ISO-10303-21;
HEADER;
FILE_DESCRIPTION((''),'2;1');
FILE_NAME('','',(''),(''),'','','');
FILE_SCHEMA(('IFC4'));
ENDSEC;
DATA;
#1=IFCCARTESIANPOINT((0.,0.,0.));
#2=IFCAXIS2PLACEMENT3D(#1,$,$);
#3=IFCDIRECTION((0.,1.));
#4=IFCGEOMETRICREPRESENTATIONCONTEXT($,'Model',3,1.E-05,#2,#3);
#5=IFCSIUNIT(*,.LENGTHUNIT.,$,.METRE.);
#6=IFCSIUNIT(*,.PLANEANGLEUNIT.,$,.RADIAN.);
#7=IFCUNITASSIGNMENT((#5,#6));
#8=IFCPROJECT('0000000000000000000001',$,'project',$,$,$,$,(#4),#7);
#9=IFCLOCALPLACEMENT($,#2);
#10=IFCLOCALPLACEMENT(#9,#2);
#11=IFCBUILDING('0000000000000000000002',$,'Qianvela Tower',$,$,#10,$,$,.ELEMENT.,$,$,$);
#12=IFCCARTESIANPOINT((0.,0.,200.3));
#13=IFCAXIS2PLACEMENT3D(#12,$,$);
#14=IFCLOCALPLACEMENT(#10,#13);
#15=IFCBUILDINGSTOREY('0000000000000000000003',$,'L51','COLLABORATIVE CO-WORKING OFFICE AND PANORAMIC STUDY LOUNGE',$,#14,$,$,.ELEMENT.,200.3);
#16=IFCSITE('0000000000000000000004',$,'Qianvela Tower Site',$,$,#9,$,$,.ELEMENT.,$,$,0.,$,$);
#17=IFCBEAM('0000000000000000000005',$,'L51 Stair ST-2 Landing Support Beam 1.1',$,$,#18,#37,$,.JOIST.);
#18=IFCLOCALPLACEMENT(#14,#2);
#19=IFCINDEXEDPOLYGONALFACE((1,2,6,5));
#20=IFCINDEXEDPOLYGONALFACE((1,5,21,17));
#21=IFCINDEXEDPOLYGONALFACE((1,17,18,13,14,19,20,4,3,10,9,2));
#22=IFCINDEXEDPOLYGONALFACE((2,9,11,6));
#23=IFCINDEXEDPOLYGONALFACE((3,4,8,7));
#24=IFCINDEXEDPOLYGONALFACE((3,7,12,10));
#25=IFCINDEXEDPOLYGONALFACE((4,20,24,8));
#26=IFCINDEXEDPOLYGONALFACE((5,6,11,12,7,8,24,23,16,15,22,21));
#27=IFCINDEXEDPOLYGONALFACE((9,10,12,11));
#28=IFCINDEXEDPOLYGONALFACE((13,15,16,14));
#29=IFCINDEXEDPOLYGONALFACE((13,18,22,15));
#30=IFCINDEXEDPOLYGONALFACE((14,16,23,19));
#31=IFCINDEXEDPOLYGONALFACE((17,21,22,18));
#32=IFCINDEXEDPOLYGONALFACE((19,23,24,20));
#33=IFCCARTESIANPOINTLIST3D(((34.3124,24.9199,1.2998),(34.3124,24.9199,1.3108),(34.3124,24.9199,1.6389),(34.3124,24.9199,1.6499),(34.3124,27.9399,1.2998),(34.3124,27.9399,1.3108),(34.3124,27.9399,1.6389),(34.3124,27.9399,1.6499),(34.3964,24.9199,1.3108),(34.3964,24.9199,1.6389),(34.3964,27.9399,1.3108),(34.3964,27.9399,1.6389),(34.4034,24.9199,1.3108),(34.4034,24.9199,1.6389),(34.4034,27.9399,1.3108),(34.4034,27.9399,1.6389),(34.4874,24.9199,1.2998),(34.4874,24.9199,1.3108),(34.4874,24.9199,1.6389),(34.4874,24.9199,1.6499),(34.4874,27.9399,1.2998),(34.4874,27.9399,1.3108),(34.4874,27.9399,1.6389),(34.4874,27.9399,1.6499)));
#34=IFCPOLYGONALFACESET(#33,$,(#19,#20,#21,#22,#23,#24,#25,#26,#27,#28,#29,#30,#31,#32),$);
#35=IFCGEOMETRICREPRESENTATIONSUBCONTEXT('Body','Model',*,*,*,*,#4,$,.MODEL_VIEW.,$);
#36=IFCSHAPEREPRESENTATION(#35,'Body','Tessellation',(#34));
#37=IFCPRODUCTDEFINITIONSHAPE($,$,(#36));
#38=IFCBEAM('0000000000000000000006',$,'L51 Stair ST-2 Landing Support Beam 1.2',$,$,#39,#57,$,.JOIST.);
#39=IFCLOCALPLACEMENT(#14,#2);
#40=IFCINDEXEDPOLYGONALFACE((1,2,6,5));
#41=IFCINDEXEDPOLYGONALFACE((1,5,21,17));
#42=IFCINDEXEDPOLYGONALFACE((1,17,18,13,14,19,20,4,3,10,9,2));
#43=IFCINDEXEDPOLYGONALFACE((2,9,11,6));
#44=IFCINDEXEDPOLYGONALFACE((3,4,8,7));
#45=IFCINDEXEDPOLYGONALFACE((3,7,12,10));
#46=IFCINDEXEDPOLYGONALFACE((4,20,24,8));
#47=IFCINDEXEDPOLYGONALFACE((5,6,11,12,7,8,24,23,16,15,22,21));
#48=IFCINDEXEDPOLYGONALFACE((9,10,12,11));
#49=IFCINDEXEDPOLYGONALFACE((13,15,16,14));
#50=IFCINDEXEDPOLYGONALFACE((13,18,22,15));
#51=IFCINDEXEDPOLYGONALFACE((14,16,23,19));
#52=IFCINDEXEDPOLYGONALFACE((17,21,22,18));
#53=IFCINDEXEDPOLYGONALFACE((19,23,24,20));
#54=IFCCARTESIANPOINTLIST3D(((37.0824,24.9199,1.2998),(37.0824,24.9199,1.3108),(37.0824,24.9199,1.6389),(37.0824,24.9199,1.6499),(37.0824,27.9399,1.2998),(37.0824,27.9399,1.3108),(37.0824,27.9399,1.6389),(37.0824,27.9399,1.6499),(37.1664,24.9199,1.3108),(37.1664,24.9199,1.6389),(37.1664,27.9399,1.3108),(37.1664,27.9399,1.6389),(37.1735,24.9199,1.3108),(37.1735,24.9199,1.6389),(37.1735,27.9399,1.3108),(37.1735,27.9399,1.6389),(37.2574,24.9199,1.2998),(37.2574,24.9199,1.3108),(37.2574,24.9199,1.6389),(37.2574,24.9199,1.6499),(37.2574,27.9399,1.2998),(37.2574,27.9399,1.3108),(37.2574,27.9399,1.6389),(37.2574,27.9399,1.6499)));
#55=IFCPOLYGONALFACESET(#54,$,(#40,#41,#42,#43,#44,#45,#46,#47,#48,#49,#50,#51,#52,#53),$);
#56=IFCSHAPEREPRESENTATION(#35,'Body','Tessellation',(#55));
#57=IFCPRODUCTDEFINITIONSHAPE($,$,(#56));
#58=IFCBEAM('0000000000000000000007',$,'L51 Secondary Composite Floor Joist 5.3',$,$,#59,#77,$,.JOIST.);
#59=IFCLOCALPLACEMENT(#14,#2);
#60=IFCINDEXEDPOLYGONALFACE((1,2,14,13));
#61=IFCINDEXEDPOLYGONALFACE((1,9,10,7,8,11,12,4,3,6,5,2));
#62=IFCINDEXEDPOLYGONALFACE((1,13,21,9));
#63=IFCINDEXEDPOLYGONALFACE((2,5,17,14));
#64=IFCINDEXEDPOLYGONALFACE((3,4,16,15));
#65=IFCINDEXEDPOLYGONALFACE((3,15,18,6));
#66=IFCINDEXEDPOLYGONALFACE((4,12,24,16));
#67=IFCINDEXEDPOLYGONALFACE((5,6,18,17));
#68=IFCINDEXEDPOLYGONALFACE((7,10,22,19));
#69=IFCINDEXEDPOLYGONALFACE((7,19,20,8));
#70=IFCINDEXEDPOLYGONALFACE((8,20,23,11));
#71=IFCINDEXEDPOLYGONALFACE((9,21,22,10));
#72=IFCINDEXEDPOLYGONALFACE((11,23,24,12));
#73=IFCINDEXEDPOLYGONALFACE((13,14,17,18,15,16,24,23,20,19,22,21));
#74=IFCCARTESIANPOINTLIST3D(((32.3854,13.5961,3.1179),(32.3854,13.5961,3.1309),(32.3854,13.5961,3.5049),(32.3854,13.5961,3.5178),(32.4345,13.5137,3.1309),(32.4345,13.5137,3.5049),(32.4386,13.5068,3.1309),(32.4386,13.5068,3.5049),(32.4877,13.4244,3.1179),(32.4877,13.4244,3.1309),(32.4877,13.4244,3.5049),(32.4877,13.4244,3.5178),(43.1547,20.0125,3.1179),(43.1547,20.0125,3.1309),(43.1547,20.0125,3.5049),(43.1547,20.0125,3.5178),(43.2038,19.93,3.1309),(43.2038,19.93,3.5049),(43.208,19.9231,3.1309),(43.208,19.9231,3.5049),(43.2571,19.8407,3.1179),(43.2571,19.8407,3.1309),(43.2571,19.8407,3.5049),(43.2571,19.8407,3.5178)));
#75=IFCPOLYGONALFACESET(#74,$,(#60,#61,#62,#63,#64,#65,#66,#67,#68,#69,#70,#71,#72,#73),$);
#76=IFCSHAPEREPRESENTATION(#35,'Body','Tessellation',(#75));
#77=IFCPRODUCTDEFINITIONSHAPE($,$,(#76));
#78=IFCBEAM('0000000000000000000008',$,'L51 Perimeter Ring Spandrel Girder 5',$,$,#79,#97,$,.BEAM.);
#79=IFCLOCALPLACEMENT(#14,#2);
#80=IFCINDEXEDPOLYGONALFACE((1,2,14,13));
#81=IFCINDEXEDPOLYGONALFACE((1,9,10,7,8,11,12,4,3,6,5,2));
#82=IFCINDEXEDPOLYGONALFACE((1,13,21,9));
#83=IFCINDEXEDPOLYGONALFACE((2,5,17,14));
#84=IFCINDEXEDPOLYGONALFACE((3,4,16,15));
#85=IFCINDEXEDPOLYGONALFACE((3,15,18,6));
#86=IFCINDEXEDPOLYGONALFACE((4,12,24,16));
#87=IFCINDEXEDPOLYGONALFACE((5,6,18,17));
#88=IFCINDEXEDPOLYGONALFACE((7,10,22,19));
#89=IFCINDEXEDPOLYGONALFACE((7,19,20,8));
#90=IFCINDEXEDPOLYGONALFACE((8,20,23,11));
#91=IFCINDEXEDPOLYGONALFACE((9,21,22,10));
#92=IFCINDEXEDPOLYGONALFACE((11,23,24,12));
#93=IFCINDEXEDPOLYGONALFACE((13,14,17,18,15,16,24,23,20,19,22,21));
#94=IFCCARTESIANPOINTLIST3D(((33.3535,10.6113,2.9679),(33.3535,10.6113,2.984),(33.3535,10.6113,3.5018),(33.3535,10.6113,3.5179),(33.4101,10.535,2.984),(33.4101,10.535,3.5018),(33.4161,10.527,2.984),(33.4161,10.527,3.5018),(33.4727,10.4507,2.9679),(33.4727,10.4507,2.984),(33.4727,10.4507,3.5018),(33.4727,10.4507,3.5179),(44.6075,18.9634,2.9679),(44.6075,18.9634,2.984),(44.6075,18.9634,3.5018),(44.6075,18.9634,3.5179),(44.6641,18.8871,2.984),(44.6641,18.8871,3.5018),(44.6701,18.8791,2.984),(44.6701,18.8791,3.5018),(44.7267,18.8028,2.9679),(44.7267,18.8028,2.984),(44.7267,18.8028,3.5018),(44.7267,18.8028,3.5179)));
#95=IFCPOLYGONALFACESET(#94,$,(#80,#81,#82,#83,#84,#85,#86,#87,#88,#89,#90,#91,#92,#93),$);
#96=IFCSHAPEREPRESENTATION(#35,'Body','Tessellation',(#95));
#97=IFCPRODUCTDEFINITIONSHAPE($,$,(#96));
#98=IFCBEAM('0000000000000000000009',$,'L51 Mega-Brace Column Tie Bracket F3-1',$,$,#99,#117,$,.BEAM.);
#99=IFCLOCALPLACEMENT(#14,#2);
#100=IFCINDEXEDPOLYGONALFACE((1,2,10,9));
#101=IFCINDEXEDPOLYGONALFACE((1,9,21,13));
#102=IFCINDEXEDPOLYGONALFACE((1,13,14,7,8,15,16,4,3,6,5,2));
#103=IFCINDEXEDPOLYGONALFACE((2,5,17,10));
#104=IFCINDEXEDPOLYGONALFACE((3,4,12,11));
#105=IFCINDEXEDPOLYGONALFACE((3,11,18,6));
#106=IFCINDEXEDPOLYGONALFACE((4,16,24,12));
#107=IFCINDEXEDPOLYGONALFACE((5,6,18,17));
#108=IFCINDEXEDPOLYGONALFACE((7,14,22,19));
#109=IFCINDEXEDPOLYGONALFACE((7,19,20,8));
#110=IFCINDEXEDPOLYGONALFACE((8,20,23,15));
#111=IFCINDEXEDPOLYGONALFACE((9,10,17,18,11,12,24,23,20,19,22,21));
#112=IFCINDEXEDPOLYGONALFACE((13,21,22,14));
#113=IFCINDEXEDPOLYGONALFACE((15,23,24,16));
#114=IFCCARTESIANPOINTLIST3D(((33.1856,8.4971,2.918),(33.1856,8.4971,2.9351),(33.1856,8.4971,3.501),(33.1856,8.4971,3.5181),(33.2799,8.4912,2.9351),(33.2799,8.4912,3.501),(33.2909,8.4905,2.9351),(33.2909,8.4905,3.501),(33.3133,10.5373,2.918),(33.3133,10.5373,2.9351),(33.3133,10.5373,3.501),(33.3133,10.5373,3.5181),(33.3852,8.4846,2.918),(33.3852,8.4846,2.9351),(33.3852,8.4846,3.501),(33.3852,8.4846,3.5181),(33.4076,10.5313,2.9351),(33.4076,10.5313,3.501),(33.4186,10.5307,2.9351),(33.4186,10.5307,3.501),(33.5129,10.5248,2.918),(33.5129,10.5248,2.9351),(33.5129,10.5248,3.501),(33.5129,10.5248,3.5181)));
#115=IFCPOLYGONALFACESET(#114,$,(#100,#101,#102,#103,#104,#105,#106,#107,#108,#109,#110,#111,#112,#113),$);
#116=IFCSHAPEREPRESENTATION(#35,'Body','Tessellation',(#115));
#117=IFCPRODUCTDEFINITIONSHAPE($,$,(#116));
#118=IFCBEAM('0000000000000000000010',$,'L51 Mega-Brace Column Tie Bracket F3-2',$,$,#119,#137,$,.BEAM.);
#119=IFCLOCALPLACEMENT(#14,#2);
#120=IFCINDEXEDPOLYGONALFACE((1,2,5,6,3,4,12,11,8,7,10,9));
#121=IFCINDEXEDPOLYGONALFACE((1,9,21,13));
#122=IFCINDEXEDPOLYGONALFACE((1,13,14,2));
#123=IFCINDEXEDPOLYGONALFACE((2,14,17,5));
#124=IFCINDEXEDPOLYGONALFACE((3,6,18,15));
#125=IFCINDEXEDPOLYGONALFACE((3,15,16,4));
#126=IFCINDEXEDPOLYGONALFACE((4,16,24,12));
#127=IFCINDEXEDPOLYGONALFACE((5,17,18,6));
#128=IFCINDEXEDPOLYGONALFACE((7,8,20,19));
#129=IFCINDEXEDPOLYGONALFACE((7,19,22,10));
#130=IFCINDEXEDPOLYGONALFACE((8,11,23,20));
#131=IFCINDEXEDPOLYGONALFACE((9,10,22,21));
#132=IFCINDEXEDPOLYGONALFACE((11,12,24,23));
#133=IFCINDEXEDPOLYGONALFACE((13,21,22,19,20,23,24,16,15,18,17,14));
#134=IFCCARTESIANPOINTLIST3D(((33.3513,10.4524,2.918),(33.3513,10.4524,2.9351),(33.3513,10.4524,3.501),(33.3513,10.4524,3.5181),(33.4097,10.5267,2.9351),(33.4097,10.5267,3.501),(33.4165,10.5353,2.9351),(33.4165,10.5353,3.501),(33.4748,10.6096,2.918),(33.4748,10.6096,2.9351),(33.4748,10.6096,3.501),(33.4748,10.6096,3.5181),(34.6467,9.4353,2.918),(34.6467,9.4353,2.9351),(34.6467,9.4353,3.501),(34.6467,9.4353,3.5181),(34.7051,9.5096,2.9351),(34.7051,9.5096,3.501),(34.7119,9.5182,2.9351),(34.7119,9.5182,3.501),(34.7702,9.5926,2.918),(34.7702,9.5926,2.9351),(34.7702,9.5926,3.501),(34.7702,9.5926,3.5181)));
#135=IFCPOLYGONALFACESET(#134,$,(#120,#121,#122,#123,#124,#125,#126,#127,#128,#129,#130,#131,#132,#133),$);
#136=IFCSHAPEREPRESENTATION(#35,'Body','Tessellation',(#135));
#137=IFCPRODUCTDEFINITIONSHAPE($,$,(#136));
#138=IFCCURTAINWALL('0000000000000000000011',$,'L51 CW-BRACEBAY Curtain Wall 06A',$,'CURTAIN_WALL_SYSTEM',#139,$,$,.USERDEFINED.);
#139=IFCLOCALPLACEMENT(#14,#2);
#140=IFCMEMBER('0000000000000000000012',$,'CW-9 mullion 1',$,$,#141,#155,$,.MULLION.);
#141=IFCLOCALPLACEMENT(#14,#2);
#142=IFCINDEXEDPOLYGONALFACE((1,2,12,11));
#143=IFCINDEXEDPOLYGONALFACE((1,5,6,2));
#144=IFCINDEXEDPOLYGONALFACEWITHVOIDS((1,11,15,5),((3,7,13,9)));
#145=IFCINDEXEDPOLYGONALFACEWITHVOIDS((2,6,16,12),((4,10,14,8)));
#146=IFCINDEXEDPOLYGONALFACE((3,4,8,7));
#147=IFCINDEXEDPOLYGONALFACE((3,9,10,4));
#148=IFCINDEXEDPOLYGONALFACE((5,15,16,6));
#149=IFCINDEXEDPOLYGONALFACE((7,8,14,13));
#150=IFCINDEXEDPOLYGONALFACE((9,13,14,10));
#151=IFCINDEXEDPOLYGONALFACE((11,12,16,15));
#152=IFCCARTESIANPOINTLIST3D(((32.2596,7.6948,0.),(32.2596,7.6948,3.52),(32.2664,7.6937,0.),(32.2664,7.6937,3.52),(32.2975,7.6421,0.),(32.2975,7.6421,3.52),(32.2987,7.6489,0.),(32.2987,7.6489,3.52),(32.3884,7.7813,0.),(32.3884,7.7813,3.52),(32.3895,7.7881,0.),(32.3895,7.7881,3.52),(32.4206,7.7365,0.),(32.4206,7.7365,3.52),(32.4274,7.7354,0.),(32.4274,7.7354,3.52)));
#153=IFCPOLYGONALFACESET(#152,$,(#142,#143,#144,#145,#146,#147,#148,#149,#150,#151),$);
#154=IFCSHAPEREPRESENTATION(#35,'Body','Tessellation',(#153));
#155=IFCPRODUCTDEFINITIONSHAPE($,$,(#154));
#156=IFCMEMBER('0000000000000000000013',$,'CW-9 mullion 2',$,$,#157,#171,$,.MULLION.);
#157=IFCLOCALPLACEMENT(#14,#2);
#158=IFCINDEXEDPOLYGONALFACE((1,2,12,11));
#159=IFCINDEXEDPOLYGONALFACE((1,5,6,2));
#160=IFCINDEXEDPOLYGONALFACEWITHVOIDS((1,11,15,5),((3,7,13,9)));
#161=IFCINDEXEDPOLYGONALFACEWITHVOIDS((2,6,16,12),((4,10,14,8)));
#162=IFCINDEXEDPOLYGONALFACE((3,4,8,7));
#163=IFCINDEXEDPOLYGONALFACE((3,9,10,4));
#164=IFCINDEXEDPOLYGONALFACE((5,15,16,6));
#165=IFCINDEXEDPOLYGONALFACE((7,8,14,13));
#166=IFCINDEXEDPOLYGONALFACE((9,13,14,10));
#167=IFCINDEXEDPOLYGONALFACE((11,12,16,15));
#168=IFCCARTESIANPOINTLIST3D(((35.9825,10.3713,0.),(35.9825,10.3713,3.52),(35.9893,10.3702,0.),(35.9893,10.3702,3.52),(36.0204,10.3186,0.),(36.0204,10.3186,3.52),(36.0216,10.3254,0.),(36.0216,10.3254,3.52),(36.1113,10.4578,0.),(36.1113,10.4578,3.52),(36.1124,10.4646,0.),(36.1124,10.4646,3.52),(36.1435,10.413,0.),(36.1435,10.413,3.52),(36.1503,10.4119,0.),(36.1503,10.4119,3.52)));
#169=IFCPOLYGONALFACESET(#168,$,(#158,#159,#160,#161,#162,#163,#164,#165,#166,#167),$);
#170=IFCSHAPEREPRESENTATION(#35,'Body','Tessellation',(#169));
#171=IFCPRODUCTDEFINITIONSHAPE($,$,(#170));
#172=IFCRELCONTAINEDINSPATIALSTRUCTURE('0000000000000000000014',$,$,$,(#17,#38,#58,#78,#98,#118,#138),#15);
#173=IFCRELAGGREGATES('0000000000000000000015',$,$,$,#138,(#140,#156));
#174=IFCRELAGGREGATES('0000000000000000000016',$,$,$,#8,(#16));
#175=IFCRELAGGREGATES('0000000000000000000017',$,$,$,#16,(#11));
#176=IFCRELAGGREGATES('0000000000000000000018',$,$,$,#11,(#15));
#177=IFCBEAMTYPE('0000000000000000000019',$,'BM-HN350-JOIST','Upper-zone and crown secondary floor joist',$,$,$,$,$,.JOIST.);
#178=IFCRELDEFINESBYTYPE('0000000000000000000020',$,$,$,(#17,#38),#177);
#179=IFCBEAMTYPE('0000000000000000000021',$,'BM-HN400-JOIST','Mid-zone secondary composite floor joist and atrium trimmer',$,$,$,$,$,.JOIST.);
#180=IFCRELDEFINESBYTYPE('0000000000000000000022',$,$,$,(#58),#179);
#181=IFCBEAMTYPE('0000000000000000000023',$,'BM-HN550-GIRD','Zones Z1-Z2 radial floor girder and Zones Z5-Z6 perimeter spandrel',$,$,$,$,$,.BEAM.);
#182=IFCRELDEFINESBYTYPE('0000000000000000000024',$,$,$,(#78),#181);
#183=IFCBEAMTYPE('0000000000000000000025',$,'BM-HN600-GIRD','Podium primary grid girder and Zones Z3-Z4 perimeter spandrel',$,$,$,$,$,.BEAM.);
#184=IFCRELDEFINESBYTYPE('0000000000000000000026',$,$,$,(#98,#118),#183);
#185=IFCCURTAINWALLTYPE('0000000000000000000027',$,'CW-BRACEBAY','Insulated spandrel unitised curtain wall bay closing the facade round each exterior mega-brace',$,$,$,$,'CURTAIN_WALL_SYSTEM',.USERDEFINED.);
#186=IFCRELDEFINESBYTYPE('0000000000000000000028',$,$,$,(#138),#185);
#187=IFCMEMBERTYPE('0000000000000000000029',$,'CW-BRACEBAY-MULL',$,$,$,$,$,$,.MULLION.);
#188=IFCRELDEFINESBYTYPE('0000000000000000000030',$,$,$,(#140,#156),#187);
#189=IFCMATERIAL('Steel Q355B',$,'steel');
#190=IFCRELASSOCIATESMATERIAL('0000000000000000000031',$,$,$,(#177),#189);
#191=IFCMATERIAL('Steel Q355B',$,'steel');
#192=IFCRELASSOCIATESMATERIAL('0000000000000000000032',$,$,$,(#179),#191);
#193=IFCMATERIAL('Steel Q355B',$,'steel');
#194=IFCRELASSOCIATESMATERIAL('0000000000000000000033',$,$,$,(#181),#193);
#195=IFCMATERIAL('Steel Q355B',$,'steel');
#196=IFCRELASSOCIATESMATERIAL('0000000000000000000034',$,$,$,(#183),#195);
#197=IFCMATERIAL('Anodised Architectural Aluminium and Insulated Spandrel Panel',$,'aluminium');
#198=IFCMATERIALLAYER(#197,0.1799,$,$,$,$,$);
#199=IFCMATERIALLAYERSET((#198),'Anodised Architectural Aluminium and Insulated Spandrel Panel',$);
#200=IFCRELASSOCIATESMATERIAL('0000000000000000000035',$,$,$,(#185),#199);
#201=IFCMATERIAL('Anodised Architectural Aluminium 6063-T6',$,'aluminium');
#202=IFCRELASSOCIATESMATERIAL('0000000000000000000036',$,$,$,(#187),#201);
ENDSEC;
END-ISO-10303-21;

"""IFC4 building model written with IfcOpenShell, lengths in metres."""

from ifc_helpers import new_model, si_unit, direction, frame, origin, origin_2d, place, context, subcontext, project, spatial, hollow_rectangle, i_section, extrude, material, layer, layer_set, material_profile, profile_set, type_object, element, aggregate, save


model = new_model("IFC4")

# Units and contexts
model_context = context("Model", 3, precision=1e-05, world=origin(), true_north=direction((0.0, 1.0)))
body_context = subcontext(model_context, "Body", "Model", "MODEL_VIEW")
ifc_project = project(units=[si_unit("LENGTHUNIT", "METRE"), si_unit("PLANEANGLEUNIT", "RADIAN")], contexts=[model_context])

# Site, building, storey
site_placement = place(None, origin())
site = spatial("IfcSite", under=ifc_project, at=site_placement, Name="Qianvela Tower Site", CompositionType="ELEMENT", RefElevation=0.0)
building_placement = place(site_placement, origin())
building = spatial("IfcBuilding", under=site, at=building_placement, Name="Qianvela Tower", CompositionType="ELEMENT")
storey_placement = place(building_placement, frame((0.0, 0.0, 200.3)))
storey = spatial("IfcBuildingStorey", under=building, at=storey_placement, Name="L51", Description="COLLABORATIVE CO-WORKING OFFICE AND PANORAMIC STUDY LOUNGE", CompositionType="ELEMENT", Elevation=200.3)

# Beams
ifc_material_1 = material(Name="Steel Q355B", Category="steel")
ifc_material_profile_1 = material_profile(ifc_material_1, i_section(OverallWidth=0.175, OverallDepth=0.3501, WebThickness=0.0071, FlangeThickness=0.011, at=origin_2d()), Name="HN350x175x7x11")
ifc_profile_set_1 = profile_set([ifc_material_profile_1], Name="Steel Q355B")
beam_type_1 = type_object("IfcBeamType", Name="BM-HN350-JOIST", Description="Upper-zone and crown secondary floor joist", PredefinedType="JOIST", material=ifc_profile_set_1)
for number, where, z_axis, x_axis, name in (
    (1, (34.3999, 24.9199, 1.4749), (0.0, 1.0, 0.0), (-1.0, 0.0, 0.0), "L51 Stair ST-2 Landing Support Beam 1.1"),
    (2, (37.1699, 24.9199, 1.4749), (0.0, 1.0, 0.0), (-1.0, 0.0, 0.0), "L51 Stair ST-2 Landing Support Beam 1.2"),
):
    element("IfcBeam", number, at=place(storey_placement, frame(where, z_axis=z_axis, x_axis=x_axis)), inside=storey, type_object=beam_type_1, Name=name, PredefinedType="JOIST", context=body_context, shape_type="SweptSolid", body=[
        extrude(i_section(OverallWidth=0.175, OverallDepth=0.3501, WebThickness=0.0071, FlangeThickness=0.011, at=origin_2d()), origin(), (0.0, 0.0, 1.0), 3.02),
    ])
ifc_material_2 = material(Name="Steel Q355B", Category="steel")
ifc_material_profile_2 = material_profile(ifc_material_2, i_section(OverallWidth=0.2, OverallDepth=0.3999, WebThickness=0.0081, FlangeThickness=0.0129, at=origin_2d()), Name="HN400x200x8x13")
ifc_profile_set_2 = profile_set([ifc_material_profile_2], Name="Steel Q355B")
beam_type_2 = type_object("IfcBeamType", Name="BM-HN400-JOIST", Description="Mid-zone secondary composite floor joist and atrium trimmer", PredefinedType="JOIST", material=ifc_profile_set_2)
beam_1_placement = place(storey_placement, frame((32.4365, 13.5103, 3.3179), z_axis=(0.859084, 0.511835, 0.0), x_axis=(-0.511835, 0.859084, 0.0)))
element("IfcBeam", 3, at=beam_1_placement, inside=storey, type_object=beam_type_2, Name="L51 Secondary Composite Floor Joist 5.3", PredefinedType="JOIST", context=body_context, shape_type="SweptSolid", body=[
    extrude(i_section(OverallWidth=0.2, OverallDepth=0.3999, WebThickness=0.0081, FlangeThickness=0.0129, at=origin_2d()), origin(), (0.0, 0.0, 1.0), 12.5359),
])
ifc_material_3 = material(Name="Steel Q355B", Category="steel")
ifc_material_profile_3 = material_profile(ifc_material_3, i_section(OverallWidth=0.2, OverallDepth=0.55, WebThickness=0.01, FlangeThickness=0.0161, at=origin_2d()), Name="HN550x200x10x16")
ifc_profile_set_3 = profile_set([ifc_material_profile_3], Name="Steel Q355B")
beam_type_3 = type_object("IfcBeamType", Name="BM-HN550-GIRD", Description="Zones Z1-Z2 radial floor girder and Zones Z5-Z6 perimeter spandrel", PredefinedType="BEAM", material=ifc_profile_set_3)
beam_2_placement = place(storey_placement, frame((33.4131, 10.531, 3.2429), z_axis=(0.803017, 0.595956, 0.0), x_axis=(-0.595956, 0.803017, 0.0)))
element("IfcBeam", 4, at=beam_2_placement, inside=storey, type_object=beam_type_3, Name="L51 Perimeter Ring Spandrel Girder 5", PredefinedType="BEAM", context=body_context, shape_type="SweptSolid", body=[
    extrude(i_section(OverallWidth=0.2, OverallDepth=0.55, WebThickness=0.01, FlangeThickness=0.0161, at=origin_2d()), origin(), (0.0, 0.0, 1.0), 14.0146),
])
ifc_material_4 = material(Name="Steel Q355B", Category="steel")
ifc_material_profile_4 = material_profile(ifc_material_4, i_section(OverallWidth=0.2, OverallDepth=0.6001, WebThickness=0.011, FlangeThickness=0.0171, at=origin_2d()), Name="HN600x200x11x17")
ifc_profile_set_4 = profile_set([ifc_material_profile_4], Name="Steel Q355B")
beam_type_4 = type_object("IfcBeamType", Name="BM-HN600-GIRD", Description="Podium primary grid girder and Zones Z3-Z4 perimeter spandrel", PredefinedType="BEAM", material=ifc_profile_set_4)
beam_3_placement = place(storey_placement, frame((33.4131, 10.531, 3.218), z_axis=(-0.06246, -0.998047, 0.0), x_axis=(0.998047, -0.06246, 0.0)))
element("IfcBeam", 5, at=beam_3_placement, inside=storey, type_object=beam_type_4, Name="L51 Mega-Brace Column Tie Bracket F3-1", PredefinedType="BEAM", context=body_context, shape_type="SweptSolid", body=[
    extrude(i_section(OverallWidth=0.2, OverallDepth=0.6001, WebThickness=0.011, FlangeThickness=0.0171, at=origin_2d()), origin(), (0.0, 0.0, 1.0), 2.0442),
])
beam_4_placement = place(storey_placement, frame((33.4131, 10.531, 3.218), z_axis=(0.786534, -0.617547, 0.0), x_axis=(0.617547, 0.786534, 0.0)))
element("IfcBeam", 6, at=beam_4_placement, inside=storey, type_object=beam_type_4, Name="L51 Mega-Brace Column Tie Bracket F3-2", PredefinedType="BEAM", context=body_context, shape_type="SweptSolid", body=[
    extrude(i_section(OverallWidth=0.2, OverallDepth=0.6001, WebThickness=0.011, FlangeThickness=0.0171, at=origin_2d()), origin(), (0.0, 0.0, 1.0), 1.647),
])

# Curtain wall, members
ifc_material_5 = material(Name="Anodised Architectural Aluminium and Insulated Spandrel Panel", Category="aluminium")
ifc_layer_1 = layer(ifc_material_5, 0.1799)
ifc_layer_set_1 = layer_set([ifc_layer_1], Name="Anodised Architectural Aluminium and Insulated Spandrel Panel")
curtain_wall_type_1 = type_object("IfcCurtainWallType", Name="CW-BRACEBAY", Description="Insulated spandrel unitised curtain wall bay closing the facade round each exterior mega-brace", ElementType="CURTAIN_WALL_SYSTEM", PredefinedType="USERDEFINED", material=ifc_layer_set_1)
curtain_wall_1_placement = place(storey_placement, origin())
curtain_wall_1 = element("IfcCurtainWall", 7, at=curtain_wall_1_placement, inside=storey, type_object=curtain_wall_type_1, Name="L51 CW-BRACEBAY Curtain Wall 06A", ObjectType="CURTAIN_WALL_SYSTEM", PredefinedType="USERDEFINED")
ifc_material_6 = material(Name="Anodised Architectural Aluminium 6063-T6", Category="aluminium")
ifc_material_profile_5 = material_profile(ifc_material_6, hollow_rectangle(XDim=0.0649, YDim=0.1599, WallThickness=0.0049, at=origin_2d()), Name="ALU-MULL-65x160")
ifc_profile_set_5 = profile_set([ifc_material_profile_5], Name="Anodised Architectural Aluminium 6063-T6")
member_type_1 = type_object("IfcMemberType", Name="CW-BRACEBAY-MULL", PredefinedType="MULLION", material=ifc_profile_set_5)
member_1_placement = place(storey_placement, frame((32.3435, 7.7151, 0.0), z_axis=(0.0, 0.0, 1.0), x_axis=(-0.583719, 0.811955, 0.0)))
member_1 = element("IfcMember", 8, at=member_1_placement, type_object=member_type_1, Name="CW-9 mullion 1", PredefinedType="MULLION", context=body_context, shape_type="SweptSolid", body=[
    extrude(hollow_rectangle(XDim=0.0649, YDim=0.1599, WallThickness=0.0049, at=origin_2d()), origin(), (0.0, 0.0, 1.0), 3.52),
])
member_2_placement = place(storey_placement, frame((36.0664, 10.3916, 0.0), z_axis=(0.0, 0.0, 1.0), x_axis=(-0.583719, 0.811955, 0.0)))
member_2 = element("IfcMember", 9, at=member_2_placement, type_object=member_type_1, Name="CW-9 mullion 2", PredefinedType="MULLION", context=body_context, shape_type="SweptSolid", body=[
    extrude(hollow_rectangle(XDim=0.0649, YDim=0.1599, WallThickness=0.0049, at=origin_2d()), origin(), (0.0, 0.0, 1.0), 3.52),
])

aggregate(curtain_wall_1, [member_1, member_2])

save(model, "model.ifc")
